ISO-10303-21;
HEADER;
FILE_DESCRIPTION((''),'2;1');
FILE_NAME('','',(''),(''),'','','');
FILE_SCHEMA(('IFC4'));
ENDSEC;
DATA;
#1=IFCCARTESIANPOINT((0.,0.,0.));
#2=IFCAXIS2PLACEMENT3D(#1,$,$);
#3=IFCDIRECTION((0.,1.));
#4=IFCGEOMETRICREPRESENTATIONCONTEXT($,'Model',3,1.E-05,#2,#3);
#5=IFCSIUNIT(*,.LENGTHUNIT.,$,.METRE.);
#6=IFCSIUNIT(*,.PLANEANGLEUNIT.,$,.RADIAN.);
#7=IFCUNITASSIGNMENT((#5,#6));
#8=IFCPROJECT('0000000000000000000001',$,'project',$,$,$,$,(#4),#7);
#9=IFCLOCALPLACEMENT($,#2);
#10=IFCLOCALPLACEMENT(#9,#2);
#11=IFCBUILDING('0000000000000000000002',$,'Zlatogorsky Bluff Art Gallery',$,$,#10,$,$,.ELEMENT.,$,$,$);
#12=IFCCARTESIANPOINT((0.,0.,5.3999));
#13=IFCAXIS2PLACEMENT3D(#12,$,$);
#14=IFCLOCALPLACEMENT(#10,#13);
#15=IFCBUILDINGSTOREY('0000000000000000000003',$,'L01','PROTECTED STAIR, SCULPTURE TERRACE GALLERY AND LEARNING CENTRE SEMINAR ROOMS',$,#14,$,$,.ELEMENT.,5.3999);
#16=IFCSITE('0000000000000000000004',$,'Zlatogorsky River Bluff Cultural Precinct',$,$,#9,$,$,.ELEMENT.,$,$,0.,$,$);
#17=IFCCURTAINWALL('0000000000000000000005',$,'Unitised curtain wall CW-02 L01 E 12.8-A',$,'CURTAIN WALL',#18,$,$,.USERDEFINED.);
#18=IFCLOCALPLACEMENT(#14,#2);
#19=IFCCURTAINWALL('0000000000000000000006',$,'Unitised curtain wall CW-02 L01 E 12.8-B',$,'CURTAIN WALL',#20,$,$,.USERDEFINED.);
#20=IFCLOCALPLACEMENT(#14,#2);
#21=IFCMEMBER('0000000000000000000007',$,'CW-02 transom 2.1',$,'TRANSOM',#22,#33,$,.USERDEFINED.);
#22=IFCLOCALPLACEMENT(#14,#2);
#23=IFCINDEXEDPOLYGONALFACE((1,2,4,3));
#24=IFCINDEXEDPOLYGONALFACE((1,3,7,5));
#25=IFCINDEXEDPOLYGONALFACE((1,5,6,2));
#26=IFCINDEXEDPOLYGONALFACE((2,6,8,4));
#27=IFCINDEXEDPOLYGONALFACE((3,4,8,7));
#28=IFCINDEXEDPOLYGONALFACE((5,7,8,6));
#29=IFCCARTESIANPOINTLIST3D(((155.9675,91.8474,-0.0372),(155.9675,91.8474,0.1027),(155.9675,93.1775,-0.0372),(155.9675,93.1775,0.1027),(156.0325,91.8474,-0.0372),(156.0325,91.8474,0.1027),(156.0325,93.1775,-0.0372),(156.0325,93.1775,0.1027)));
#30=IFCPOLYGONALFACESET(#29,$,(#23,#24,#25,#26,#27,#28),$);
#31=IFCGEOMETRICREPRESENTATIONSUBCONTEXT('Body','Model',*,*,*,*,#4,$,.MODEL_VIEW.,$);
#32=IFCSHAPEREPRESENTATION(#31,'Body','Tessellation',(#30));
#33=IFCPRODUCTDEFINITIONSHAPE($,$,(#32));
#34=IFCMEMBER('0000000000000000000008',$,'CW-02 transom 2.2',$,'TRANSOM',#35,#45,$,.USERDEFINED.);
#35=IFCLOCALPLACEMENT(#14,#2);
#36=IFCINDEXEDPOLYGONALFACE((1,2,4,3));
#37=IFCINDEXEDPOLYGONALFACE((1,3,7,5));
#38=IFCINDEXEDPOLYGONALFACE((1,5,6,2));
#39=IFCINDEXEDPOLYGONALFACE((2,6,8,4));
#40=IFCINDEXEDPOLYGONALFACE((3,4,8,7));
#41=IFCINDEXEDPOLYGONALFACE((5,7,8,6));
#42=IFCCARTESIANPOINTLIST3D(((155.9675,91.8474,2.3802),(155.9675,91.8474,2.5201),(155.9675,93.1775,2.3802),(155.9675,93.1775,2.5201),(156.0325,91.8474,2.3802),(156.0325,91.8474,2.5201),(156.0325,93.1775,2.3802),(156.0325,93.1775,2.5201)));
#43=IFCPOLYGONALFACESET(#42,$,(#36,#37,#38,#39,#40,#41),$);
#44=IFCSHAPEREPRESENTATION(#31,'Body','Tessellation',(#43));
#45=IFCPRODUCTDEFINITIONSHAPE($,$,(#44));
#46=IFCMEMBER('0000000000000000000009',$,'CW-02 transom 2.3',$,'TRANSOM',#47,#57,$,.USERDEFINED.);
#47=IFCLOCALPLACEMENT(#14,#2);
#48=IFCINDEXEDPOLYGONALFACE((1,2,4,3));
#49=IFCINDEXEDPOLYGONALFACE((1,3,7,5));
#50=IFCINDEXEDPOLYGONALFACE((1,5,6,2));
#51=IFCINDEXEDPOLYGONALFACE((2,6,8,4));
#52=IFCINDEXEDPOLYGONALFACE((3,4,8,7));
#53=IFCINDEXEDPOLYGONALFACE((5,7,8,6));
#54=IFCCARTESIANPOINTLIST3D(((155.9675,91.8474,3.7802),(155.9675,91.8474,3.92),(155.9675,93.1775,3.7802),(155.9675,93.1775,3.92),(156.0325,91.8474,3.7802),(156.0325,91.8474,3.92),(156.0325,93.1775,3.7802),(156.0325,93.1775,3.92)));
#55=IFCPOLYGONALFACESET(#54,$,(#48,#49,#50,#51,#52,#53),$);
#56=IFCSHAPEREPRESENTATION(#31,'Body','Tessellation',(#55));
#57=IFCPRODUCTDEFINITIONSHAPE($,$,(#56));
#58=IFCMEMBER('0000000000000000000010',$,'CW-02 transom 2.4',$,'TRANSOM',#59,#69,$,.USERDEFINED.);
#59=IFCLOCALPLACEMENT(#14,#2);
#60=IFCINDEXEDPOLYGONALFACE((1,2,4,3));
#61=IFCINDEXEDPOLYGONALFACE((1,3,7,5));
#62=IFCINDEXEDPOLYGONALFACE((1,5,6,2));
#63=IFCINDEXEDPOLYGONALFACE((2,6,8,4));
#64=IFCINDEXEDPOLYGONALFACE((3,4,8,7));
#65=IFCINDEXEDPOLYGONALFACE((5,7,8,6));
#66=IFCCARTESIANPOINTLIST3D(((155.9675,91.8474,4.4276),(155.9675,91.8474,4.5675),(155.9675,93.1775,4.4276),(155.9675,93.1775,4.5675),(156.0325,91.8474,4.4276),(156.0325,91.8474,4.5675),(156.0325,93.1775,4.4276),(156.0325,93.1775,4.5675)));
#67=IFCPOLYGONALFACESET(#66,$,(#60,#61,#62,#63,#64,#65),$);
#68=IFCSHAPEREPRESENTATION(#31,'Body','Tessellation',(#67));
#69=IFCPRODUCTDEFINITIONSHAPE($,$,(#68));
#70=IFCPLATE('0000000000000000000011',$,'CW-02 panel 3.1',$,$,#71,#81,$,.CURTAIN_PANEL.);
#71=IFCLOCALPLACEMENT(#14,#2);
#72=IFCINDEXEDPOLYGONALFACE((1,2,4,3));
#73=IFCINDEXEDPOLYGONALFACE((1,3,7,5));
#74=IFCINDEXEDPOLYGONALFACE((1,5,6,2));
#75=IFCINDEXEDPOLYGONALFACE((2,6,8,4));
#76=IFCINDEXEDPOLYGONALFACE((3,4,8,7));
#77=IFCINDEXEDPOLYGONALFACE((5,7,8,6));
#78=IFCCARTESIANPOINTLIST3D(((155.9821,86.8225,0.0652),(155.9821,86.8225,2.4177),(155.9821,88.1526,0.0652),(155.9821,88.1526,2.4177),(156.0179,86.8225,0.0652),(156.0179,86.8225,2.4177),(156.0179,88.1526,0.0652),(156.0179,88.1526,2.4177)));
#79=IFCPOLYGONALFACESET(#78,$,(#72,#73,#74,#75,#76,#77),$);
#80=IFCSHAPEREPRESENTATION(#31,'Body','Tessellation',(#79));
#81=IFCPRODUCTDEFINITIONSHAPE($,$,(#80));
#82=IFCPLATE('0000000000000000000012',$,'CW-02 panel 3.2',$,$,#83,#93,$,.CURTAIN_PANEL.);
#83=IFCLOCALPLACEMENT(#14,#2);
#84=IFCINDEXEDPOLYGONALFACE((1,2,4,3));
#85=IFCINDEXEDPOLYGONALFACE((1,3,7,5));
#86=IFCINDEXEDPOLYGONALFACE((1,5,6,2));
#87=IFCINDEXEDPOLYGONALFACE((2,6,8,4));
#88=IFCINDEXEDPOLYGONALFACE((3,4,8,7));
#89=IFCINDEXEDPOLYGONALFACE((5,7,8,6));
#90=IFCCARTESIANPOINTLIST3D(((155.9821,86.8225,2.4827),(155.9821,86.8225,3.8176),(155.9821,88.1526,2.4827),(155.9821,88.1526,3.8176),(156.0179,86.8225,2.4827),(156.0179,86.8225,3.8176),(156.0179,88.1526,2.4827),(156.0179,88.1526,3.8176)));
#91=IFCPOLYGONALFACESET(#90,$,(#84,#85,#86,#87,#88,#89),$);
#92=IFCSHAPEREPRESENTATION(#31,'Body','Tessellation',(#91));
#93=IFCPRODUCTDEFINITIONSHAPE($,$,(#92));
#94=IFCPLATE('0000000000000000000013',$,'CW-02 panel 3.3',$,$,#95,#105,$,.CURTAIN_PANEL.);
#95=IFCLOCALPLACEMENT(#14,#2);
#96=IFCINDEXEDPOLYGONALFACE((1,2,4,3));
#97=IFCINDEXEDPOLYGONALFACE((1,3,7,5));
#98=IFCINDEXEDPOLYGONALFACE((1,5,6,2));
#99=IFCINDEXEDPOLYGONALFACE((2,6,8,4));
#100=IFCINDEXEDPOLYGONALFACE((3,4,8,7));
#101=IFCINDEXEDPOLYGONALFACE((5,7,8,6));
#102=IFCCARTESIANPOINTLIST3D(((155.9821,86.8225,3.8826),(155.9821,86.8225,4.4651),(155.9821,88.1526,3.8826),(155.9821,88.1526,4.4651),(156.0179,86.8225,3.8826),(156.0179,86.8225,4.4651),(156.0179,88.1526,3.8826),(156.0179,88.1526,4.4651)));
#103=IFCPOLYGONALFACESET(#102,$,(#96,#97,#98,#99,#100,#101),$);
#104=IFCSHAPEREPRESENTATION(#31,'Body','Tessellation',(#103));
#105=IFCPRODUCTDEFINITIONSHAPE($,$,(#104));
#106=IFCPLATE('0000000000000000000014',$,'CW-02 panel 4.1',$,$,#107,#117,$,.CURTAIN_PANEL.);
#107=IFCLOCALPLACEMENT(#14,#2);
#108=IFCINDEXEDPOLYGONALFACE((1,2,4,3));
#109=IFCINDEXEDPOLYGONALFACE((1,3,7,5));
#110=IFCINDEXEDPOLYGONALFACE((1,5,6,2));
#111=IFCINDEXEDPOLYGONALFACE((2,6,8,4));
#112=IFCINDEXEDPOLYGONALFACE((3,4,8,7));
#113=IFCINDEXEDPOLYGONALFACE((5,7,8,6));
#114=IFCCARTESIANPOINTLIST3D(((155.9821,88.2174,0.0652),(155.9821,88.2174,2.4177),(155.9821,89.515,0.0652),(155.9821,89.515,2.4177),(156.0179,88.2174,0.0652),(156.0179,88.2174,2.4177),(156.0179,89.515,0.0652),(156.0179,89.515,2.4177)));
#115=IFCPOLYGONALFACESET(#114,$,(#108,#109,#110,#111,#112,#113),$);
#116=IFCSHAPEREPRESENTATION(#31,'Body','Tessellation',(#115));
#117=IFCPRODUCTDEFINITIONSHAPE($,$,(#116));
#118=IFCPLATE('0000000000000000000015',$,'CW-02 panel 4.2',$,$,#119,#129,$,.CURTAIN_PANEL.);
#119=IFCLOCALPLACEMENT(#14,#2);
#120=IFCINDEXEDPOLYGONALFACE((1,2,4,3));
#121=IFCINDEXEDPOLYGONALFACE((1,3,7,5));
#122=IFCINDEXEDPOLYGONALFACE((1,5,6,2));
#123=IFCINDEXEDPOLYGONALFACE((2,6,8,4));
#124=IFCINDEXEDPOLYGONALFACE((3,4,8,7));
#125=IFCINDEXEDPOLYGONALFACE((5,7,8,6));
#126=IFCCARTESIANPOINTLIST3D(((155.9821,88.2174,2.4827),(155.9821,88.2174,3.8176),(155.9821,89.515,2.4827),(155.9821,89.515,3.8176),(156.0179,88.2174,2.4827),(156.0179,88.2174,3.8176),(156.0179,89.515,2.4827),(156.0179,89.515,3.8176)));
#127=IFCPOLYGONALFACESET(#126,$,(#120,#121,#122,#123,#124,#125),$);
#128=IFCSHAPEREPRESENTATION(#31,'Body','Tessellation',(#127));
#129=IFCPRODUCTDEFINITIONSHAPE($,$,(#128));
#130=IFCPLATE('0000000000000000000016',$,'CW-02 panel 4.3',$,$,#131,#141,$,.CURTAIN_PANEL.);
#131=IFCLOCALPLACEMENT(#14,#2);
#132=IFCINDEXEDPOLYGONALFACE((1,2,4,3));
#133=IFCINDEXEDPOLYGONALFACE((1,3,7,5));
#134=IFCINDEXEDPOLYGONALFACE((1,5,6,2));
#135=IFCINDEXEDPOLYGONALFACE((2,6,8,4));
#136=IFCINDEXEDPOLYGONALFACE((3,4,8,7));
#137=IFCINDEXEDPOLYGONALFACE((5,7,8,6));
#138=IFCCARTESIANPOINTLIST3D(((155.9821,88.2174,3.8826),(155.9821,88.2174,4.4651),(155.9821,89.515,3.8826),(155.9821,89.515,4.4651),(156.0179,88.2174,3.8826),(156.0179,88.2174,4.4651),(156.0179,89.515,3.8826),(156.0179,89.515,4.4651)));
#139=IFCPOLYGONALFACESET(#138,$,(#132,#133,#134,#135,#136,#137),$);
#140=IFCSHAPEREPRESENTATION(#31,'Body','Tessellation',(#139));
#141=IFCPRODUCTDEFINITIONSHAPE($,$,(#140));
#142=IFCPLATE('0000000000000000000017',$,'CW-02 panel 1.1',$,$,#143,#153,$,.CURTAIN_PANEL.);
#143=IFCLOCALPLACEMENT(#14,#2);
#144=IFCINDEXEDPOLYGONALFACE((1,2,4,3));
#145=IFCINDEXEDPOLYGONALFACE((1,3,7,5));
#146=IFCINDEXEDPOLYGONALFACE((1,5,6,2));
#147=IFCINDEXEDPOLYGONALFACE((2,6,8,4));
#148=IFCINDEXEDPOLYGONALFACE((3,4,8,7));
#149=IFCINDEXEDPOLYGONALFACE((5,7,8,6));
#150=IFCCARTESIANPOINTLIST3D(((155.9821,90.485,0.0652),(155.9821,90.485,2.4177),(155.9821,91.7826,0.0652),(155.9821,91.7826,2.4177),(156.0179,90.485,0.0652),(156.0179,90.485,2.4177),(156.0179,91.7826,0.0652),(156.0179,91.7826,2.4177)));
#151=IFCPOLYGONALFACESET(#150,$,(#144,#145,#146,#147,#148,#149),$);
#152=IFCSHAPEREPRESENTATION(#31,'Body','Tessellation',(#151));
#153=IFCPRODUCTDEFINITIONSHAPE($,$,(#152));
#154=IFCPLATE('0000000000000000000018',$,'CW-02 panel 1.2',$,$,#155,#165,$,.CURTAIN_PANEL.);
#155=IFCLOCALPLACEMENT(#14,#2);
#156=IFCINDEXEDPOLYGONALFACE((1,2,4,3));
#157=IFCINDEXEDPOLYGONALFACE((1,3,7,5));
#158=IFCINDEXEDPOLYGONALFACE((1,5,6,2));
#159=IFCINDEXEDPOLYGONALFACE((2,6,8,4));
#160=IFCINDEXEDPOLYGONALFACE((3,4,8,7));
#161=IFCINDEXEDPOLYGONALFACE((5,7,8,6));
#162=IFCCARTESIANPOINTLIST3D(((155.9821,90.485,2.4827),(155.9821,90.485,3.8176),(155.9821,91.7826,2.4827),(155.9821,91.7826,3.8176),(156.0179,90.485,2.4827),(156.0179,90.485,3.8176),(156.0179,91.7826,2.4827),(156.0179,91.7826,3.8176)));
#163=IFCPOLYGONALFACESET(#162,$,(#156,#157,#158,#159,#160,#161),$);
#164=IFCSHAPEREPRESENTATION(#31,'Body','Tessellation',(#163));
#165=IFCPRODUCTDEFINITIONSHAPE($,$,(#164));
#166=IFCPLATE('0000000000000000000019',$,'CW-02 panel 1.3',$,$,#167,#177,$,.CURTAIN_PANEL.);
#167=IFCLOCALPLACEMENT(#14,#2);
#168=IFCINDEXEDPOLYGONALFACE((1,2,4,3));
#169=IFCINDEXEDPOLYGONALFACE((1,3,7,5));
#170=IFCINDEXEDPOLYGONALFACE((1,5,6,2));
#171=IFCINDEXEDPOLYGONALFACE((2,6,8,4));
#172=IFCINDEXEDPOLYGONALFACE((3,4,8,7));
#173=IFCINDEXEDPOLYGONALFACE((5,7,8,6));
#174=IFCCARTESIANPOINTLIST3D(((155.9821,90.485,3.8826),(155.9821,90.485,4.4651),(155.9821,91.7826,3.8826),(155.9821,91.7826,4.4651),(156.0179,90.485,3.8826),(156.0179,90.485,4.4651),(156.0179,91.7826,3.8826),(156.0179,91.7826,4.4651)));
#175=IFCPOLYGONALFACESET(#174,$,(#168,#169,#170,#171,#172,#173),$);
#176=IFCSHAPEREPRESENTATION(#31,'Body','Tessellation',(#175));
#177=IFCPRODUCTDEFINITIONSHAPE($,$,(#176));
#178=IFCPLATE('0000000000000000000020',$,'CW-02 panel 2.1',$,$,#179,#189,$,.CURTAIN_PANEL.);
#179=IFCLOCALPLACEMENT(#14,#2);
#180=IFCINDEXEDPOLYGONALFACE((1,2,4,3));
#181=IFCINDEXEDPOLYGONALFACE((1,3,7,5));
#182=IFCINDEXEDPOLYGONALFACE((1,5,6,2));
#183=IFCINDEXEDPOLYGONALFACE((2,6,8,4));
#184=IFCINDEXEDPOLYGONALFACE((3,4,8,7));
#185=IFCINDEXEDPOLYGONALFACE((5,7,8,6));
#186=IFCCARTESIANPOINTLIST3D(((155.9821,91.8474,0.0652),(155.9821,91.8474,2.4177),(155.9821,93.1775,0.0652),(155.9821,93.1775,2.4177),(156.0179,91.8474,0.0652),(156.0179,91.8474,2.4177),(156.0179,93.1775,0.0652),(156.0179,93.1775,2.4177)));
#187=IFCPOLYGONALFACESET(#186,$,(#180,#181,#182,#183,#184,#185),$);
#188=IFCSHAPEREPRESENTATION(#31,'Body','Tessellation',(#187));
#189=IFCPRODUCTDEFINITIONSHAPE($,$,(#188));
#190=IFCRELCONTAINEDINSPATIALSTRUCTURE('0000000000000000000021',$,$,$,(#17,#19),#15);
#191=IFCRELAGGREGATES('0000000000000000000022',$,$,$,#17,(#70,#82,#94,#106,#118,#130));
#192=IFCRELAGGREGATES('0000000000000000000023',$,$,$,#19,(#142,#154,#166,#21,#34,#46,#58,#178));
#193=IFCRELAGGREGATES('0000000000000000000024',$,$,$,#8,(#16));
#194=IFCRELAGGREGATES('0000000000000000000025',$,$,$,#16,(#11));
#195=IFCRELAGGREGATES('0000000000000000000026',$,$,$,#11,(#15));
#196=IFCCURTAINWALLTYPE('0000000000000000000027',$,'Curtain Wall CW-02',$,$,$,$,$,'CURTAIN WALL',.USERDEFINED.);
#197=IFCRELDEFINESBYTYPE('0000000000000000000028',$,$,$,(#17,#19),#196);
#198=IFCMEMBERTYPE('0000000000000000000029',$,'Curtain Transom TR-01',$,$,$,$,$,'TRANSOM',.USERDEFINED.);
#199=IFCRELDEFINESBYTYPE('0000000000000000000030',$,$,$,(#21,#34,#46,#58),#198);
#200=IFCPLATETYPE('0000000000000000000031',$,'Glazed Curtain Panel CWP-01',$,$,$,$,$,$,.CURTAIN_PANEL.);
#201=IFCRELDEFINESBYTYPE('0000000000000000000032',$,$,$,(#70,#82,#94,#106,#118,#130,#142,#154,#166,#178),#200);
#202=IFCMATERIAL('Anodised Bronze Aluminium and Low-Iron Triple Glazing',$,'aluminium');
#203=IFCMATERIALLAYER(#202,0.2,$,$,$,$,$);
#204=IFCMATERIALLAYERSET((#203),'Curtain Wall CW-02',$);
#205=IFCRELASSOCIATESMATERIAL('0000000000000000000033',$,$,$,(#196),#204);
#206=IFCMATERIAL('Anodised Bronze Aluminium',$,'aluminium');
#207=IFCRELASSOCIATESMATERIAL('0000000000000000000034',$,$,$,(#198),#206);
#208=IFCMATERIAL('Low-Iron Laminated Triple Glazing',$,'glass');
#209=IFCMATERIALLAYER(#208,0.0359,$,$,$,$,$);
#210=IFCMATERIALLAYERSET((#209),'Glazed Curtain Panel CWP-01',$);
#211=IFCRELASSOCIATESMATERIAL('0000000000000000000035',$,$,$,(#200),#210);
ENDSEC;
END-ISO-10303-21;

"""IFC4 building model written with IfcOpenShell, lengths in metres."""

from ifc_helpers import new_model, si_unit, direction, frame, origin, origin_2d, place, context, subcontext, project, spatial, rectangle, extrude, material, layer, layer_set, material_profile, profile_set, type_object, element, aggregate, save


model = new_model("IFC4")

# Units and contexts
model_context = context("Model", 3, precision=1e-05, world=origin(), true_north=direction((0.0, 1.0)))
body_context = subcontext(model_context, "Body", "Model", "MODEL_VIEW")
ifc_project = project(units=[si_unit("LENGTHUNIT", "METRE"), si_unit("PLANEANGLEUNIT", "RADIAN")], contexts=[model_context])

# Site, building, storey
site_placement = place(None, origin())
site = spatial("IfcSite", under=ifc_project, at=site_placement, Name="Zlatogorsky River Bluff Cultural Precinct", CompositionType="ELEMENT", RefElevation=0.0)
building_placement = place(site_placement, origin())
building = spatial("IfcBuilding", under=site, at=building_placement, Name="Zlatogorsky Bluff Art Gallery", CompositionType="ELEMENT")
storey_placement = place(building_placement, frame((0.0, 0.0, 5.3999)))
storey = spatial("IfcBuildingStorey", under=building, at=storey_placement, Name="L01", Description="PROTECTED STAIR, SCULPTURE TERRACE GALLERY AND LEARNING CENTRE SEMINAR ROOMS", CompositionType="ELEMENT", Elevation=5.3999)

# Curtain walls
ifc_material_1 = material(Name="Anodised Bronze Aluminium and Low-Iron Triple Glazing", Category="aluminium")
ifc_layer_1 = layer(ifc_material_1, 0.2)
ifc_layer_set_1 = layer_set([ifc_layer_1], Name="Curtain Wall CW-02")
curtain_wall_type = type_object("IfcCurtainWallType", Name="Curtain Wall CW-02", ElementType="CURTAIN WALL", PredefinedType="USERDEFINED", material=ifc_layer_set_1)
curtain_wall_1_placement = place(storey_placement, origin())
curtain_wall_1 = element("IfcCurtainWall", 1, at=curtain_wall_1_placement, inside=storey, type_object=curtain_wall_type, Name="Unitised curtain wall CW-02 L01 E 12.8-A", ObjectType="CURTAIN WALL", PredefinedType="USERDEFINED")
ifc_material_2 = material(Name="Anodised Bronze Aluminium", Category="aluminium")
curtain_wall_2_placement = place(storey_placement, origin())
curtain_wall_2 = element("IfcCurtainWall", 2, at=curtain_wall_2_placement, inside=storey, type_object=curtain_wall_type, Name="Unitised curtain wall CW-02 L01 E 12.8-B", ObjectType="CURTAIN WALL", PredefinedType="USERDEFINED")

# Members
ifc_material_profile_1 = material_profile(ifc_material_2, rectangle(XDim=0.0649, YDim=0.1399, at=origin_2d()), Name="ALU TRANSOM 65x140")
ifc_profile_set_1 = profile_set([ifc_material_profile_1], Name="Anodised Bronze Aluminium")
member_type_1 = type_object("IfcMemberType", Name="Curtain Transom TR-01", ElementType="TRANSOM", PredefinedType="USERDEFINED", material=ifc_profile_set_1)
member_1_placement = place(storey_placement, frame((156.0, 91.8474, 0.0327), z_axis=(0.0, 1.0, 0.0), x_axis=(-1.0, 0.0, 0.0)))
member_1 = element("IfcMember", 3, at=member_1_placement, type_object=member_type_1, Name="CW-02 transom 2.1", ObjectType="TRANSOM", PredefinedType="USERDEFINED", context=body_context, shape_type="SweptSolid", body=[
    extrude(rectangle(XDim=0.0649, YDim=0.1399, at=origin_2d()), origin(), (0.0, 0.0, 1.0), 1.3301),
])
member_2_placement = place(storey_placement, frame((156.0, 91.8474, 2.4502), z_axis=(0.0, 1.0, 0.0), x_axis=(-1.0, 0.0, 0.0)))
member_2 = element("IfcMember", 4, at=member_2_placement, type_object=member_type_1, Name="CW-02 transom 2.2", ObjectType="TRANSOM", PredefinedType="USERDEFINED", context=body_context, shape_type="SweptSolid", body=[
    extrude(rectangle(XDim=0.0649, YDim=0.1399, at=origin_2d()), origin(), (0.0, 0.0, 1.0), 1.3301),
])
member_3_placement = place(storey_placement, frame((156.0, 91.8474, 3.8501), z_axis=(0.0, 1.0, 0.0), x_axis=(-1.0, 0.0, 0.0)))
member_3 = element("IfcMember", 5, at=member_3_placement, type_object=member_type_1, Name="CW-02 transom 2.3", ObjectType="TRANSOM", PredefinedType="USERDEFINED", context=body_context, shape_type="SweptSolid", body=[
    extrude(rectangle(XDim=0.0649, YDim=0.1399, at=origin_2d()), origin(), (0.0, 0.0, 1.0), 1.3301),
])
member_4_placement = place(storey_placement, frame((156.0, 91.8474, 4.4976), z_axis=(0.0, 1.0, 0.0), x_axis=(-1.0, 0.0, 0.0)))
member_4 = element("IfcMember", 6, at=member_4_placement, type_object=member_type_1, Name="CW-02 transom 2.4", ObjectType="TRANSOM", PredefinedType="USERDEFINED", context=body_context, shape_type="SweptSolid", body=[
    extrude(rectangle(XDim=0.0649, YDim=0.1399, at=origin_2d()), origin(), (0.0, 0.0, 1.0), 1.3301),
])

# Plates
ifc_material_3 = material(Name="Low-Iron Laminated Triple Glazing", Category="glass")
ifc_layer_2 = layer(ifc_material_3, 0.0359)
ifc_layer_set_2 = layer_set([ifc_layer_2], Name="Glazed Curtain Panel CWP-01")
plate_type = type_object("IfcPlateType", Name="Glazed Curtain Panel CWP-01", PredefinedType="CURTAIN_PANEL", material=ifc_layer_set_2)
plate_1_placement = place(storey_placement, frame((156.0, 87.4875, 0.0652), z_axis=(0.0, 0.0, 1.0), x_axis=(0.0, 1.0, 0.0)))
plate_1 = element("IfcPlate", 7, at=plate_1_placement, type_object=plate_type, Name="CW-02 panel 3.1", PredefinedType="CURTAIN_PANEL", context=body_context, shape_type="SweptSolid", body=[
    extrude(rectangle(XDim=1.3301, YDim=0.0359, at=origin_2d()), origin(), (0.0, 0.0, 1.0), 2.3525),
])
plate_2_placement = place(storey_placement, frame((156.0, 87.4875, 2.4827), z_axis=(0.0, 0.0, 1.0), x_axis=(0.0, 1.0, 0.0)))
plate_2 = element("IfcPlate", 8, at=plate_2_placement, type_object=plate_type, Name="CW-02 panel 3.2", PredefinedType="CURTAIN_PANEL", context=body_context, shape_type="SweptSolid", body=[
    extrude(rectangle(XDim=1.3301, YDim=0.0359, at=origin_2d()), origin(), (0.0, 0.0, 1.0), 1.335),
])
plate_3_placement = place(storey_placement, frame((156.0, 87.4875, 3.8826), z_axis=(0.0, 0.0, 1.0), x_axis=(0.0, 1.0, 0.0)))
plate_3 = element("IfcPlate", 9, at=plate_3_placement, type_object=plate_type, Name="CW-02 panel 3.3", PredefinedType="CURTAIN_PANEL", context=body_context, shape_type="SweptSolid", body=[
    extrude(rectangle(XDim=1.3301, YDim=0.0359, at=origin_2d()), origin(), (0.0, 0.0, 1.0), 0.5825),
])
plate_4_placement = place(storey_placement, frame((156.0, 88.8662, 0.0652), z_axis=(0.0, 0.0, 1.0), x_axis=(0.0, 1.0, 0.0)))
plate_4 = element("IfcPlate", 10, at=plate_4_placement, type_object=plate_type, Name="CW-02 panel 4.1", PredefinedType="CURTAIN_PANEL", context=body_context, shape_type="SweptSolid", body=[
    extrude(rectangle(XDim=1.2976, YDim=0.0359, at=origin_2d()), origin(), (0.0, 0.0, 1.0), 2.3525),
])
plate_5_placement = place(storey_placement, frame((156.0, 88.8662, 2.4827), z_axis=(0.0, 0.0, 1.0), x_axis=(0.0, 1.0, 0.0)))
plate_5 = element("IfcPlate", 11, at=plate_5_placement, type_object=plate_type, Name="CW-02 panel 4.2", PredefinedType="CURTAIN_PANEL", context=body_context, shape_type="SweptSolid", body=[
    extrude(rectangle(XDim=1.2976, YDim=0.0359, at=origin_2d()), origin(), (0.0, 0.0, 1.0), 1.335),
])
plate_6_placement = place(storey_placement, frame((156.0, 88.8662, 3.8826), z_axis=(0.0, 0.0, 1.0), x_axis=(0.0, 1.0, 0.0)))
plate_6 = element("IfcPlate", 12, at=plate_6_placement, type_object=plate_type, Name="CW-02 panel 4.3", PredefinedType="CURTAIN_PANEL", context=body_context, shape_type="SweptSolid", body=[
    extrude(rectangle(XDim=1.2976, YDim=0.0359, at=origin_2d()), origin(), (0.0, 0.0, 1.0), 0.5825),
])
aggregate(curtain_wall_1, [plate_1, plate_2, plate_3, plate_4, plate_5, plate_6])
plate_7_placement = place(storey_placement, frame((156.0, 91.1338, 0.0652), z_axis=(0.0, 0.0, 1.0), x_axis=(0.0, 1.0, 0.0)))
plate_7 = element("IfcPlate", 13, at=plate_7_placement, type_object=plate_type, Name="CW-02 panel 1.1", PredefinedType="CURTAIN_PANEL", context=body_context, shape_type="SweptSolid", body=[
    extrude(rectangle(XDim=1.2976, YDim=0.0359, at=origin_2d()), origin(), (0.0, 0.0, 1.0), 2.3525),
])
plate_8_placement = place(storey_placement, frame((156.0, 91.1338, 2.4827), z_axis=(0.0, 0.0, 1.0), x_axis=(0.0, 1.0, 0.0)))
plate_8 = element("IfcPlate", 14, at=plate_8_placement, type_object=plate_type, Name="CW-02 panel 1.2", PredefinedType="CURTAIN_PANEL", context=body_context, shape_type="SweptSolid", body=[
    extrude(rectangle(XDim=1.2976, YDim=0.0359, at=origin_2d()), origin(), (0.0, 0.0, 1.0), 1.335),
])
plate_9_placement = place(storey_placement, frame((156.0, 91.1338, 3.8826), z_axis=(0.0, 0.0, 1.0), x_axis=(0.0, 1.0, 0.0)))
plate_9 = element("IfcPlate", 15, at=plate_9_placement, type_object=plate_type, Name="CW-02 panel 1.3", PredefinedType="CURTAIN_PANEL", context=body_context, shape_type="SweptSolid", body=[
    extrude(rectangle(XDim=1.2976, YDim=0.0359, at=origin_2d()), origin(), (0.0, 0.0, 1.0), 0.5825),
])
plate_10_placement = place(storey_placement, frame((156.0, 92.5125, 0.0652), z_axis=(0.0, 0.0, 1.0), x_axis=(0.0, 1.0, 0.0)))
plate_10 = element("IfcPlate", 16, at=plate_10_placement, type_object=plate_type, Name="CW-02 panel 2.1", PredefinedType="CURTAIN_PANEL", context=body_context, shape_type="SweptSolid", body=[
    extrude(rectangle(XDim=1.3301, YDim=0.0359, at=origin_2d()), origin(), (0.0, 0.0, 1.0), 2.3525),
])
aggregate(curtain_wall_2, [plate_7, plate_8, plate_9, member_1, member_2, member_3, member_4, plate_10])

save(model, "model.ifc")
